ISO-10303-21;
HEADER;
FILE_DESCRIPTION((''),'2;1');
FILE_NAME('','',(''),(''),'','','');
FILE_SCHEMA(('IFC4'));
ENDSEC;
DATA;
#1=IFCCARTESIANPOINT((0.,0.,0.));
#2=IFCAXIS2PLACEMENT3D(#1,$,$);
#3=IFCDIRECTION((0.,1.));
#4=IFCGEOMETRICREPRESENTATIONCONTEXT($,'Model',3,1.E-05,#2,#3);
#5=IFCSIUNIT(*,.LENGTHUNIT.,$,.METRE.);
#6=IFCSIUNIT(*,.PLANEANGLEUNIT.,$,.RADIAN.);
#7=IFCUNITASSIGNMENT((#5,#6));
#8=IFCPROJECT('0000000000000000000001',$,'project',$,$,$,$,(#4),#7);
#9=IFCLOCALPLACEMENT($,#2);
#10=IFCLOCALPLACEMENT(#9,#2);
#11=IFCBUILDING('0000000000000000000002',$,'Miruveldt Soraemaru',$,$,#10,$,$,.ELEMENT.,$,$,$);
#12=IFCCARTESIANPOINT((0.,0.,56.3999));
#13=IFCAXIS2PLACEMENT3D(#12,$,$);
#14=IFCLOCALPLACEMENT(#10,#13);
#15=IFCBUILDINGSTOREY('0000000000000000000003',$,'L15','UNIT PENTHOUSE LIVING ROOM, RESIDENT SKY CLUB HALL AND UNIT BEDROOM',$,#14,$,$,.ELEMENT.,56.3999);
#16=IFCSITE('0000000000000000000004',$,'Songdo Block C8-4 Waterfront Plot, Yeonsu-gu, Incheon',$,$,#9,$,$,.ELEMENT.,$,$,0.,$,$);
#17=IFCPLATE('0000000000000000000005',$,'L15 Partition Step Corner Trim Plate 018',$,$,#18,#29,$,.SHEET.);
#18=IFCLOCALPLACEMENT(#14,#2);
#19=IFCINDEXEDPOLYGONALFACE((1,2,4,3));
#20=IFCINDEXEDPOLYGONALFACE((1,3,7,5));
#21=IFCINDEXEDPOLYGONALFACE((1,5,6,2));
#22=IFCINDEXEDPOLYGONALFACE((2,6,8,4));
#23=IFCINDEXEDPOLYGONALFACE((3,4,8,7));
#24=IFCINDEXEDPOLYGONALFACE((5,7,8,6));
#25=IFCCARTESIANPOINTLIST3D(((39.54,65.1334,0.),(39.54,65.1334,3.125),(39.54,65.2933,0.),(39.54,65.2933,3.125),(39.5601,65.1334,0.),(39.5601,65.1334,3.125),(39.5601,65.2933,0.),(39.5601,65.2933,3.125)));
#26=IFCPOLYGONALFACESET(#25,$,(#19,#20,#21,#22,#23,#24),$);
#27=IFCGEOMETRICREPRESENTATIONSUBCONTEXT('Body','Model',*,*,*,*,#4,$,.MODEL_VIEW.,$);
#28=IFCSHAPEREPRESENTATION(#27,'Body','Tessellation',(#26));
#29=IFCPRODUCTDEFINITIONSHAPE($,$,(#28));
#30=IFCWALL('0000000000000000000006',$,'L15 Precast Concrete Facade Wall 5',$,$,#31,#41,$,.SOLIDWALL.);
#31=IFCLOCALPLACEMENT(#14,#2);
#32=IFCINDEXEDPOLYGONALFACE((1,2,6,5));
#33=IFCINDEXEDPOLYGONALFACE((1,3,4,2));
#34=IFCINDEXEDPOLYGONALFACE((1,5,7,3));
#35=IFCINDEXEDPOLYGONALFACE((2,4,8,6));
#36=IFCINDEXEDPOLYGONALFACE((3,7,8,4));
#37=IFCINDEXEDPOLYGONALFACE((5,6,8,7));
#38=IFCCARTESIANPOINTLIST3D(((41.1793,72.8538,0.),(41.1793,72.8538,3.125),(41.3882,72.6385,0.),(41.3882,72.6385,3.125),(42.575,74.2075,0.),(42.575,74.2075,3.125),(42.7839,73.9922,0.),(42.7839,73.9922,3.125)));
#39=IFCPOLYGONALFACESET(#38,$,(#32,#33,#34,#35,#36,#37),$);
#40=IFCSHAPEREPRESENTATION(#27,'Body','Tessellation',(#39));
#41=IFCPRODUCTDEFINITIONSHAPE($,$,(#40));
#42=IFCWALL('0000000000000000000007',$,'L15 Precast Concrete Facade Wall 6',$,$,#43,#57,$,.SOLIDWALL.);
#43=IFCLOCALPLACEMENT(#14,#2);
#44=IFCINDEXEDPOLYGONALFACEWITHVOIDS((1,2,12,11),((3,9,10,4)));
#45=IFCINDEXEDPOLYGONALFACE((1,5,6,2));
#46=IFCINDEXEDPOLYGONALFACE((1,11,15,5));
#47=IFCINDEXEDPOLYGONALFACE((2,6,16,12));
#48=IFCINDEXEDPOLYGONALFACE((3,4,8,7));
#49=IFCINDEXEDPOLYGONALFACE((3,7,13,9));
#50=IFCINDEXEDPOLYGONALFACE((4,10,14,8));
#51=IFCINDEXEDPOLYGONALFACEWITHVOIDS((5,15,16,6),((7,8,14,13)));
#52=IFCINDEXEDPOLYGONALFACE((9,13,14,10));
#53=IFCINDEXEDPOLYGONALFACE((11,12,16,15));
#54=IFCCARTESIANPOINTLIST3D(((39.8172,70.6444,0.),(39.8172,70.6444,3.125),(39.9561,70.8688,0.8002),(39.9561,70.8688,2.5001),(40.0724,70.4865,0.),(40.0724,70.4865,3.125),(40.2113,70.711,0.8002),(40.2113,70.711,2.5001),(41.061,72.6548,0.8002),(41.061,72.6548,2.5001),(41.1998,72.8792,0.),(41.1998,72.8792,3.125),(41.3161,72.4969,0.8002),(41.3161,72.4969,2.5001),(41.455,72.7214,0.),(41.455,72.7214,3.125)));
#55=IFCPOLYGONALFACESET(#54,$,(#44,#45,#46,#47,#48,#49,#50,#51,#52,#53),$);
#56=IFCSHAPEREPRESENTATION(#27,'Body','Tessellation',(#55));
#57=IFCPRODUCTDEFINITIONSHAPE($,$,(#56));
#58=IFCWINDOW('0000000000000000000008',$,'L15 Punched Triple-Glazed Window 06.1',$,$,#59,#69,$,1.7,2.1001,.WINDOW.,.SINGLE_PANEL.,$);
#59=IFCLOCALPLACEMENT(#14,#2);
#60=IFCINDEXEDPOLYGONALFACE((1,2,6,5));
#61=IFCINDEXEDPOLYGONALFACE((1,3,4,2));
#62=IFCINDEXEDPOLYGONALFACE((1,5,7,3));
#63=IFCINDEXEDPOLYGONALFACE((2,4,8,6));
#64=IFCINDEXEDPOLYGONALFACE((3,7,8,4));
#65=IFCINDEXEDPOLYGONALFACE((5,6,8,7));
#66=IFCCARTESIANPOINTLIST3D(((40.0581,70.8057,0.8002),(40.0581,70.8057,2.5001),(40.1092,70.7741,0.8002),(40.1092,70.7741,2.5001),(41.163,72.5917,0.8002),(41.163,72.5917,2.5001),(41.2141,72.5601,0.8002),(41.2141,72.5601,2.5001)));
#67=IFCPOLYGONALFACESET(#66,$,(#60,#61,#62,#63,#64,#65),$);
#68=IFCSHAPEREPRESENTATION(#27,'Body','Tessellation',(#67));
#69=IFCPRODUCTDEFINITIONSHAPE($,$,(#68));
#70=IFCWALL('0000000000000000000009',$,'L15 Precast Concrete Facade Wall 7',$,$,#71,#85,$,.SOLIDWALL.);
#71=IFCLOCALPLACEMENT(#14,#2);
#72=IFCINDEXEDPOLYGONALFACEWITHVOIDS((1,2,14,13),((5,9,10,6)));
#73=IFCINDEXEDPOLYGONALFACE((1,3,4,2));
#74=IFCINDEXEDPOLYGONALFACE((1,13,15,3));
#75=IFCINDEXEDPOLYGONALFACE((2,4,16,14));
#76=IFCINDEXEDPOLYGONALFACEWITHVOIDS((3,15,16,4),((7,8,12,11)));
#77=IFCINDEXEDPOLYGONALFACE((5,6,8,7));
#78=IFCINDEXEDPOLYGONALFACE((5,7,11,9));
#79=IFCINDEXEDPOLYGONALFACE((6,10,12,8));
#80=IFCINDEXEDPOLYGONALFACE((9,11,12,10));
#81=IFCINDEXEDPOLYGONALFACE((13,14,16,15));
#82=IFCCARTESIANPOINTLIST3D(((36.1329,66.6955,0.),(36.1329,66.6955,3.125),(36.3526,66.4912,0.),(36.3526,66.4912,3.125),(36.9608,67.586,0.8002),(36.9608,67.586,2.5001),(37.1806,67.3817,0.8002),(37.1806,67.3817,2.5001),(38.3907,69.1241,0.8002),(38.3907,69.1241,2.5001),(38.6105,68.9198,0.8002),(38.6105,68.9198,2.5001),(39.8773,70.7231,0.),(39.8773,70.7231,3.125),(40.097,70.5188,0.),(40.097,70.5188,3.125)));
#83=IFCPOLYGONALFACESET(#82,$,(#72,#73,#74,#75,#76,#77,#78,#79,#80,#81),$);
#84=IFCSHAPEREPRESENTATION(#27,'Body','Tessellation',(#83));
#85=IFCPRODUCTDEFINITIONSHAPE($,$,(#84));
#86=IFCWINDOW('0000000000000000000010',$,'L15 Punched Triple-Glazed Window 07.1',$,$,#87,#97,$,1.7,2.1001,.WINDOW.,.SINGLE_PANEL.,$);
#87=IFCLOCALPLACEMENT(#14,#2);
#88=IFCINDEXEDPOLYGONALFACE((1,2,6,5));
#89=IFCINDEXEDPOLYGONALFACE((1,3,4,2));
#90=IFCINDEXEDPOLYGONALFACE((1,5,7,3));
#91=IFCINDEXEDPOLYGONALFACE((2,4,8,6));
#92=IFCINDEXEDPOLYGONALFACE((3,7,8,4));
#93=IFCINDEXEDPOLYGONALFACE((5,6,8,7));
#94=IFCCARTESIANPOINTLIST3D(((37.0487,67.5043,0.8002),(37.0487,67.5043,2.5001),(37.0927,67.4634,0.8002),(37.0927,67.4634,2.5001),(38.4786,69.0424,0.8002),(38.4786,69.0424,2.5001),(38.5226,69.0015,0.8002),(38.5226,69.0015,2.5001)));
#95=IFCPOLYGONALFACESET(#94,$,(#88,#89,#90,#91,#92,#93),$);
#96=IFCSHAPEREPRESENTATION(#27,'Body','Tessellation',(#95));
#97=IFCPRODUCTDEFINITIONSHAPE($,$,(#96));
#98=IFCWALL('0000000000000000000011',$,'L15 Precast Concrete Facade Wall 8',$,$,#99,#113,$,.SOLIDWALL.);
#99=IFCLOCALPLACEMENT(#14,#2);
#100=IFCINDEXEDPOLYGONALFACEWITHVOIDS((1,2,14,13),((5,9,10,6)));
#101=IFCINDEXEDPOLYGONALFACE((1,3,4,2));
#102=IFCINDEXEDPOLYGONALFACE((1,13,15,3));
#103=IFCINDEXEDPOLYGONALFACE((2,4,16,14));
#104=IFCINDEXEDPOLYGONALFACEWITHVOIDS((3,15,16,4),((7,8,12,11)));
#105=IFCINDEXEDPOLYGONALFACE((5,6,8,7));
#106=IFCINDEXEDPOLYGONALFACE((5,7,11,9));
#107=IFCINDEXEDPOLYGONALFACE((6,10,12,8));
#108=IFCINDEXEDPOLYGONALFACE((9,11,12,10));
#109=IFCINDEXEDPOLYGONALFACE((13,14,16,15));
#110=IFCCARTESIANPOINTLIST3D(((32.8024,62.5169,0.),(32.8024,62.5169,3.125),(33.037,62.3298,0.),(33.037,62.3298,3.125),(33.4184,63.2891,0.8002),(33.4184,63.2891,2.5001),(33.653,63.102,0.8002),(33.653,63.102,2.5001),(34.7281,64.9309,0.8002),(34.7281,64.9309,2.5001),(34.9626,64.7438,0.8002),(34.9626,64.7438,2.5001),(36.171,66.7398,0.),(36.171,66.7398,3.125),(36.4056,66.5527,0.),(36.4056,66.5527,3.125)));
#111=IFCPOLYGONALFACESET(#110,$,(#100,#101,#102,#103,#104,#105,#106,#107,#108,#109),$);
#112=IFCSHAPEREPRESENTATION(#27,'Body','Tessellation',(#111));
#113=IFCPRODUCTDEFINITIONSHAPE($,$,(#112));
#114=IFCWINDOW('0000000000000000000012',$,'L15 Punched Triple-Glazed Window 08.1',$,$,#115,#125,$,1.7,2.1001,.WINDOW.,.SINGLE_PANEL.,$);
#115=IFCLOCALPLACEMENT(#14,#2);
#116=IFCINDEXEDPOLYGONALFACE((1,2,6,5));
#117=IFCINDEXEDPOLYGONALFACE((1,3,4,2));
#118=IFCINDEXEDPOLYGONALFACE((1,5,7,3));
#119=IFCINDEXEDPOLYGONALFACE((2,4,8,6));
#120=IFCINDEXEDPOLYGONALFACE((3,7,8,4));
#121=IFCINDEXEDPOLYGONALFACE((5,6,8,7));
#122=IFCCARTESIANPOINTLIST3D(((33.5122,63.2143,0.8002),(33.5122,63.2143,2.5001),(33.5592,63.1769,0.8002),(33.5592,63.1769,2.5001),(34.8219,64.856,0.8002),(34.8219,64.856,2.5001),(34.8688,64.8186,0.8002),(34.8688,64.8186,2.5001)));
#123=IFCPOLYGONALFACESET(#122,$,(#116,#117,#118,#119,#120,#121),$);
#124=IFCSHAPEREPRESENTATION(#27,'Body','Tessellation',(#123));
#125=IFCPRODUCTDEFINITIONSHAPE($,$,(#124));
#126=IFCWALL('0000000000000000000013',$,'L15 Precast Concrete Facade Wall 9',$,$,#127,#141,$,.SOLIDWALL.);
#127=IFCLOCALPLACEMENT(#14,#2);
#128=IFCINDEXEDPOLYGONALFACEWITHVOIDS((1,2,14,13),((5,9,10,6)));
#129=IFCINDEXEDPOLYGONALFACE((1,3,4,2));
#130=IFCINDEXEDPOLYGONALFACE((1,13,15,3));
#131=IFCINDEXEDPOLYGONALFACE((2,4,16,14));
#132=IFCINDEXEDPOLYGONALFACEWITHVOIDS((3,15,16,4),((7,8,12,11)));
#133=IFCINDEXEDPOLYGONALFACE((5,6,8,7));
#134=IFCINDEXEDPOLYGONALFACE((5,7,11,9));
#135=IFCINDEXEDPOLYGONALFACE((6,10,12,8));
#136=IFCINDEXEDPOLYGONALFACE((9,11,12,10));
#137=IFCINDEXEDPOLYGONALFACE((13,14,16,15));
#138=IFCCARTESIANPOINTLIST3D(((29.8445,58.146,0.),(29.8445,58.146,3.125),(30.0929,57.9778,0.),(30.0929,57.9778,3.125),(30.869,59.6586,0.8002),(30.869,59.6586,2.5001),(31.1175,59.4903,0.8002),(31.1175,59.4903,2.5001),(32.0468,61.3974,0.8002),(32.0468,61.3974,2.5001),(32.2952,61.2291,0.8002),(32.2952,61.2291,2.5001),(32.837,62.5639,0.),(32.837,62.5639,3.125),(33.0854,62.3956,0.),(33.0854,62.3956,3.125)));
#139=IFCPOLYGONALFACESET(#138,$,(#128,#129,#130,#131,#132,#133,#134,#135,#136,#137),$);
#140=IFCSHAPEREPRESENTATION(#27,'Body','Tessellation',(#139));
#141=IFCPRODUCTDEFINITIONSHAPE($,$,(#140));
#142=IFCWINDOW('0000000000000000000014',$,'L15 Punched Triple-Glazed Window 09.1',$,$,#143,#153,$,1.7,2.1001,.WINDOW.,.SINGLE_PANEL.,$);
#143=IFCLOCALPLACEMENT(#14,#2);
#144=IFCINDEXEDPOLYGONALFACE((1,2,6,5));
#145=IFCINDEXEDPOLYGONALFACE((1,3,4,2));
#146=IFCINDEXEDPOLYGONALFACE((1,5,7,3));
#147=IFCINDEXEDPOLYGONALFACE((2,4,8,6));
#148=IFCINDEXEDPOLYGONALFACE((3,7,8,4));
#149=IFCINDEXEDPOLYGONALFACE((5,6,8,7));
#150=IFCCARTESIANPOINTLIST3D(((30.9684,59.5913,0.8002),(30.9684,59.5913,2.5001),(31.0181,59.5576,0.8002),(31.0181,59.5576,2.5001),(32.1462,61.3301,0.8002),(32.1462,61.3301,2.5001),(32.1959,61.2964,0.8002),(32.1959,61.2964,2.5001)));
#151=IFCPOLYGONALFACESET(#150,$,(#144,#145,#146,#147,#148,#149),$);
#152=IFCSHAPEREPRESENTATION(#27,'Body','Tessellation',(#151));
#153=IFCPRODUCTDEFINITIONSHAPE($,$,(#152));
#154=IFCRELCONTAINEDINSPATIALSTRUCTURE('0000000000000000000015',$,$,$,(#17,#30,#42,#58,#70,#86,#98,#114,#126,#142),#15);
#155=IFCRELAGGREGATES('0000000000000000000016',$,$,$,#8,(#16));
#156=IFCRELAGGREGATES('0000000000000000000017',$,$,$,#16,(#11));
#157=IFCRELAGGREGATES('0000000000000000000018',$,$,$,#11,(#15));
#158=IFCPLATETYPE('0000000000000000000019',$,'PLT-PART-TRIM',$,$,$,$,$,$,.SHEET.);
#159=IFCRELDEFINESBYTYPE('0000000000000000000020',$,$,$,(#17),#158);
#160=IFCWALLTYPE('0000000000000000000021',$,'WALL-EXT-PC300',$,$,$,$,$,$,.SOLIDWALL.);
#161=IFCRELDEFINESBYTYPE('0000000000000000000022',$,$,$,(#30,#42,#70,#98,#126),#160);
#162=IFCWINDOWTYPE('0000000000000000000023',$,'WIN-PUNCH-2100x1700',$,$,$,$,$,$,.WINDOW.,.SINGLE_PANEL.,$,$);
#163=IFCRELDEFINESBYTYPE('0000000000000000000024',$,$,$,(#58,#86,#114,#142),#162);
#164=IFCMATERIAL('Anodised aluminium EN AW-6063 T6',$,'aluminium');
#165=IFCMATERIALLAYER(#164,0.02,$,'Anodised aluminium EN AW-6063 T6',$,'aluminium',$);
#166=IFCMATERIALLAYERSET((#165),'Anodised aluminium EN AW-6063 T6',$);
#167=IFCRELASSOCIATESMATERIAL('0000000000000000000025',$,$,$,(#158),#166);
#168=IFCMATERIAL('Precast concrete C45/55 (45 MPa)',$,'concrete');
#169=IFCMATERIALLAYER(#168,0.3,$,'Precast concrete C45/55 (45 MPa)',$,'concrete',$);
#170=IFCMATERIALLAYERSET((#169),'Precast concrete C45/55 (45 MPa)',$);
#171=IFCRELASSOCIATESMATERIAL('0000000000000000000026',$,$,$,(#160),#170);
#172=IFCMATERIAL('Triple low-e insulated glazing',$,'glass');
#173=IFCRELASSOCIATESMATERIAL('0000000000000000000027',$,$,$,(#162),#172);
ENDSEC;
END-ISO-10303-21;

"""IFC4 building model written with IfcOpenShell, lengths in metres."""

from ifc_helpers import new_model, si_unit, direction, frame, frame_2d, origin, origin_2d, place, context, subcontext, project, spatial, rectangle, extrude, material, layer, layer_set, type_object, element, fill, save


model = new_model("IFC4")

# Units and contexts
model_context = context("Model", 3, precision=1e-05, world=origin(), true_north=direction((0.0, 1.0)))
body_context = subcontext(model_context, "Body", "Model", "MODEL_VIEW")
ifc_project = project(units=[si_unit("LENGTHUNIT", "METRE"), si_unit("PLANEANGLEUNIT", "RADIAN")], contexts=[model_context])

# Site, building, storey
site_placement = place(None, origin())
site = spatial("IfcSite", under=ifc_project, at=site_placement, Name="Songdo Block C8-4 Waterfront Plot, Yeonsu-gu, Incheon", CompositionType="ELEMENT", RefElevation=0.0)
building_placement = place(site_placement, origin())
building = spatial("IfcBuilding", under=site, at=building_placement, Name="Miruveldt Soraemaru", CompositionType="ELEMENT")
storey_placement = place(building_placement, frame((0.0, 0.0, 56.3999)))
storey = spatial("IfcBuildingStorey", under=building, at=storey_placement, Name="L15", Description="UNIT PENTHOUSE LIVING ROOM, RESIDENT SKY CLUB HALL AND UNIT BEDROOM", CompositionType="ELEMENT", Elevation=56.3999)

# Plate
ifc_material_1 = material(Name="Anodised aluminium EN AW-6063 T6", Category="aluminium")
ifc_layer_1 = layer(ifc_material_1, 0.02, Name="Anodised aluminium EN AW-6063 T6", Category="aluminium")
ifc_layer_set_1 = layer_set([ifc_layer_1], Name="Anodised aluminium EN AW-6063 T6")
plate_type = type_object("IfcPlateType", Name="PLT-PART-TRIM", PredefinedType="SHEET", material=ifc_layer_set_1)
plate_placement = place(storey_placement, frame((39.55, 65.2134, 0.0), z_axis=(0.0, 0.0, 1.0), x_axis=(0.0, -1.0, 0.0)))
element("IfcPlate", 1, at=plate_placement, inside=storey, type_object=plate_type, Name="L15 Partition Step Corner Trim Plate 018", PredefinedType="SHEET", context=body_context, shape_type="SweptSolid", body=[
    extrude(rectangle(XDim=0.1599, YDim=0.02, at=origin_2d()), origin(), (0.0, 0.0, 1.0), 3.125),
])

# Wall
ifc_material_2 = material(Name="Precast concrete C45/55 (45 MPa)", Category="concrete")
ifc_layer_2 = layer(ifc_material_2, 0.3, Name="Precast concrete C45/55 (45 MPa)", Category="concrete")
ifc_layer_set_2 = layer_set([ifc_layer_2], Name="Precast concrete C45/55 (45 MPa)")
wall_type_1 = type_object("IfcWallType", Name="WALL-EXT-PC300", PredefinedType="SOLIDWALL", material=ifc_layer_set_2)
wall_1_placement = place(storey_placement, frame((42.6794, 74.0999, 0.0), z_axis=(0.0, 0.0, 1.0), x_axis=(-0.717822, -0.696226, 0.0)))
element("IfcWall", 2, at=wall_1_placement, inside=storey, type_object=wall_type_1, Name="L15 Precast Concrete Facade Wall 5", PredefinedType="SOLIDWALL", context=body_context, shape_type="SweptSolid", body=[
    extrude(rectangle(XDim=1.9443, YDim=0.3, at=frame_2d((0.9722, 0.0))), origin(), (0.0, 0.0, 1.0), 3.125),
])

# Walls, openings, windows
wall_2_placement = place(storey_placement, frame((41.3274, 72.8003, 0.0), z_axis=(0.0, 0.0, 1.0), x_axis=(-0.526102, -0.850422, 0.0)))
wall_2 = element("IfcWall", 3, at=wall_2_placement, inside=storey, type_object=wall_type_1, Name="L15 Precast Concrete Facade Wall 6", PredefinedType="SOLIDWALL", context=body_context, shape_type="SweptSolid", body=[
    extrude(rectangle(XDim=2.6279, YDim=0.3, at=frame_2d((1.314, 0.0))), origin(), (0.0, 0.0, 1.0), 3.125),
])
opening_1_placement = place(wall_2_placement, frame((0.2639, 0.0, 0.8)))
opening_1 = element("IfcOpeningElement", 4, at=opening_1_placement, cuts=wall_2, PredefinedType="OPENING", context=body_context, shape_type="SweptSolid", body=[
    extrude(rectangle(XDim=2.1001, YDim=1.7, at=frame_2d((1.05, 0.8501))), frame((0.0, 0.1602, 0.0), z_axis=(0.0, -1.0, 0.0), x_axis=(1.0, 0.0, 0.0)), (0.0, 0.0, 1.0), 0.3201),
])
ifc_material_3 = material(Name="Triple low-e insulated glazing", Category="glass")
window_type = type_object("IfcWindowType", Name="WIN-PUNCH-2100x1700", PartitioningType="SINGLE_PANEL", PredefinedType="WINDOW", material=ifc_material_3)
window_1_placement = place(opening_1_placement, origin())
window_1 = element("IfcWindow", 5, at=window_1_placement, inside=storey, type_object=window_type, Name="L15 Punched Triple-Glazed Window 06.1", OverallHeight=1.7, OverallWidth=2.1001, PartitioningType="SINGLE_PANEL", PredefinedType="WINDOW", context=body_context, shape_type="SweptSolid", body=[
    extrude(rectangle(XDim=2.1001, YDim=1.7, at=frame_2d((1.05, 0.8501))), frame((0.0, 0.03, 0.0), z_axis=(0.0, -1.0, 0.0), x_axis=(1.0, 0.0, 0.0)), (0.0, 0.0, 1.0), 0.0601),
])
fill(opening_1, window_1)
wall_3_placement = place(storey_placement, frame((39.9871, 70.6208, 0.0), z_axis=(0.0, 0.0, 1.0), x_axis=(-0.680889, -0.732387, 0.0)))
wall_3 = element("IfcWall", 6, at=wall_3_placement, inside=storey, type_object=wall_type_1, Name="L15 Precast Concrete Facade Wall 7", PredefinedType="SOLIDWALL", context=body_context, shape_type="SweptSolid", body=[
    extrude(rectangle(XDim=5.4993, YDim=0.3, at=frame_2d((2.7495, 0.0))), origin(), (0.0, 0.0, 1.0), 3.125),
])
opening_2_placement = place(wall_3_placement, frame((2.1831, 0.0, 0.8)))
opening_2 = element("IfcOpeningElement", 7, at=opening_2_placement, cuts=wall_3, PredefinedType="OPENING", context=body_context, shape_type="SweptSolid", body=[
    extrude(rectangle(XDim=2.1001, YDim=1.7, at=frame_2d((1.05, 0.8501))), frame((0.0, 0.1602, 0.0), z_axis=(0.0, -1.0, 0.0), x_axis=(1.0, 0.0, 0.0)), (0.0, 0.0, 1.0), 0.3201),
])
window_2_placement = place(opening_2_placement, origin())
window_2 = element("IfcWindow", 8, at=window_2_placement, inside=storey, type_object=window_type, Name="L15 Punched Triple-Glazed Window 07.1", OverallHeight=1.7, OverallWidth=2.1001, PartitioningType="SINGLE_PANEL", PredefinedType="WINDOW", context=body_context, shape_type="SweptSolid", body=[
    extrude(rectangle(XDim=2.1001, YDim=1.7, at=frame_2d((1.05, 0.8501))), frame((0.0, 0.03, 0.0), z_axis=(0.0, -1.0, 0.0), x_axis=(1.0, 0.0, 0.0)), (0.0, 0.0, 1.0), 0.0601),
])
fill(opening_2, window_2)
wall_4_placement = place(storey_placement, frame((36.2883, 66.6462, 0.0), z_axis=(0.0, 0.0, 1.0), x_axis=(-0.623603, -0.781741, 0.0)))
wall_4 = element("IfcWall", 9, at=wall_4_placement, inside=storey, type_object=wall_type_1, Name="L15 Precast Concrete Facade Wall 8", PredefinedType="SOLIDWALL", context=body_context, shape_type="SweptSolid", body=[
    extrude(rectangle(XDim=5.4019, YDim=0.3, at=frame_2d((2.7009, 0.0))), origin(), (0.0, 0.0, 1.0), 3.125),
])
opening_3_placement = place(wall_4_placement, frame((2.314, 0.0, 0.8)))
opening_3 = element("IfcOpeningElement", 10, at=opening_3_placement, cuts=wall_4, PredefinedType="OPENING", context=body_context, shape_type="SweptSolid", body=[
    extrude(rectangle(XDim=2.1001, YDim=1.7, at=frame_2d((1.05, 0.8501))), frame((0.0, 0.1602, 0.0), z_axis=(0.0, -1.0, 0.0), x_axis=(1.0, 0.0, 0.0)), (0.0, 0.0, 1.0), 0.3201),
])
window_3_placement = place(opening_3_placement, origin())
window_3 = element("IfcWindow", 11, at=window_3_placement, inside=storey, type_object=window_type, Name="L15 Punched Triple-Glazed Window 08.1", OverallHeight=1.7, OverallWidth=2.1001, PartitioningType="SINGLE_PANEL", PredefinedType="WINDOW", context=body_context, shape_type="SweptSolid", body=[
    extrude(rectangle(XDim=2.1001, YDim=1.7, at=frame_2d((1.05, 0.8501))), frame((0.0, 0.03, 0.0), z_axis=(0.0, -1.0, 0.0), x_axis=(1.0, 0.0, 0.0)), (0.0, 0.0, 1.0), 0.0601),
])
fill(opening_3, window_3)
wall_5_placement = place(storey_placement, frame((32.9612, 62.4797, 0.0), z_axis=(0.0, 0.0, 1.0), x_axis=(-0.56082, -0.827938, 0.0)))
wall_5 = element("IfcWall", 12, at=wall_5_placement, inside=storey, type_object=wall_type_1, Name="L15 Precast Concrete Facade Wall 9", PredefinedType="SOLIDWALL", context=body_context, shape_type="SweptSolid", body=[
    extrude(rectangle(XDim=5.3359, YDim=0.3, at=frame_2d((2.668, 0.0))), origin(), (0.0, 0.0, 1.0), 3.125),
])
opening_4_placement = place(wall_5_placement, frame((1.4089, 0.0, 0.8)))
opening_4 = element("IfcOpeningElement", 13, at=opening_4_placement, cuts=wall_5, PredefinedType="OPENING", context=body_context, shape_type="SweptSolid", body=[
    extrude(rectangle(XDim=2.1001, YDim=1.7, at=frame_2d((1.05, 0.8501))), frame((0.0, 0.1602, 0.0), z_axis=(0.0, -1.0, 0.0), x_axis=(1.0, 0.0, 0.0)), (0.0, 0.0, 1.0), 0.3201),
])
window_4_placement = place(opening_4_placement, origin())
window_4 = element("IfcWindow", 14, at=window_4_placement, inside=storey, type_object=window_type, Name="L15 Punched Triple-Glazed Window 09.1", OverallHeight=1.7, OverallWidth=2.1001, PartitioningType="SINGLE_PANEL", PredefinedType="WINDOW", context=body_context, shape_type="SweptSolid", body=[
    extrude(rectangle(XDim=2.1001, YDim=1.7, at=frame_2d((1.05, 0.8501))), frame((0.0, 0.03, 0.0), z_axis=(0.0, -1.0, 0.0), x_axis=(1.0, 0.0, 0.0)), (0.0, 0.0, 1.0), 0.0601),
])
fill(opening_4, window_4)

save(model, "model.ifc")
